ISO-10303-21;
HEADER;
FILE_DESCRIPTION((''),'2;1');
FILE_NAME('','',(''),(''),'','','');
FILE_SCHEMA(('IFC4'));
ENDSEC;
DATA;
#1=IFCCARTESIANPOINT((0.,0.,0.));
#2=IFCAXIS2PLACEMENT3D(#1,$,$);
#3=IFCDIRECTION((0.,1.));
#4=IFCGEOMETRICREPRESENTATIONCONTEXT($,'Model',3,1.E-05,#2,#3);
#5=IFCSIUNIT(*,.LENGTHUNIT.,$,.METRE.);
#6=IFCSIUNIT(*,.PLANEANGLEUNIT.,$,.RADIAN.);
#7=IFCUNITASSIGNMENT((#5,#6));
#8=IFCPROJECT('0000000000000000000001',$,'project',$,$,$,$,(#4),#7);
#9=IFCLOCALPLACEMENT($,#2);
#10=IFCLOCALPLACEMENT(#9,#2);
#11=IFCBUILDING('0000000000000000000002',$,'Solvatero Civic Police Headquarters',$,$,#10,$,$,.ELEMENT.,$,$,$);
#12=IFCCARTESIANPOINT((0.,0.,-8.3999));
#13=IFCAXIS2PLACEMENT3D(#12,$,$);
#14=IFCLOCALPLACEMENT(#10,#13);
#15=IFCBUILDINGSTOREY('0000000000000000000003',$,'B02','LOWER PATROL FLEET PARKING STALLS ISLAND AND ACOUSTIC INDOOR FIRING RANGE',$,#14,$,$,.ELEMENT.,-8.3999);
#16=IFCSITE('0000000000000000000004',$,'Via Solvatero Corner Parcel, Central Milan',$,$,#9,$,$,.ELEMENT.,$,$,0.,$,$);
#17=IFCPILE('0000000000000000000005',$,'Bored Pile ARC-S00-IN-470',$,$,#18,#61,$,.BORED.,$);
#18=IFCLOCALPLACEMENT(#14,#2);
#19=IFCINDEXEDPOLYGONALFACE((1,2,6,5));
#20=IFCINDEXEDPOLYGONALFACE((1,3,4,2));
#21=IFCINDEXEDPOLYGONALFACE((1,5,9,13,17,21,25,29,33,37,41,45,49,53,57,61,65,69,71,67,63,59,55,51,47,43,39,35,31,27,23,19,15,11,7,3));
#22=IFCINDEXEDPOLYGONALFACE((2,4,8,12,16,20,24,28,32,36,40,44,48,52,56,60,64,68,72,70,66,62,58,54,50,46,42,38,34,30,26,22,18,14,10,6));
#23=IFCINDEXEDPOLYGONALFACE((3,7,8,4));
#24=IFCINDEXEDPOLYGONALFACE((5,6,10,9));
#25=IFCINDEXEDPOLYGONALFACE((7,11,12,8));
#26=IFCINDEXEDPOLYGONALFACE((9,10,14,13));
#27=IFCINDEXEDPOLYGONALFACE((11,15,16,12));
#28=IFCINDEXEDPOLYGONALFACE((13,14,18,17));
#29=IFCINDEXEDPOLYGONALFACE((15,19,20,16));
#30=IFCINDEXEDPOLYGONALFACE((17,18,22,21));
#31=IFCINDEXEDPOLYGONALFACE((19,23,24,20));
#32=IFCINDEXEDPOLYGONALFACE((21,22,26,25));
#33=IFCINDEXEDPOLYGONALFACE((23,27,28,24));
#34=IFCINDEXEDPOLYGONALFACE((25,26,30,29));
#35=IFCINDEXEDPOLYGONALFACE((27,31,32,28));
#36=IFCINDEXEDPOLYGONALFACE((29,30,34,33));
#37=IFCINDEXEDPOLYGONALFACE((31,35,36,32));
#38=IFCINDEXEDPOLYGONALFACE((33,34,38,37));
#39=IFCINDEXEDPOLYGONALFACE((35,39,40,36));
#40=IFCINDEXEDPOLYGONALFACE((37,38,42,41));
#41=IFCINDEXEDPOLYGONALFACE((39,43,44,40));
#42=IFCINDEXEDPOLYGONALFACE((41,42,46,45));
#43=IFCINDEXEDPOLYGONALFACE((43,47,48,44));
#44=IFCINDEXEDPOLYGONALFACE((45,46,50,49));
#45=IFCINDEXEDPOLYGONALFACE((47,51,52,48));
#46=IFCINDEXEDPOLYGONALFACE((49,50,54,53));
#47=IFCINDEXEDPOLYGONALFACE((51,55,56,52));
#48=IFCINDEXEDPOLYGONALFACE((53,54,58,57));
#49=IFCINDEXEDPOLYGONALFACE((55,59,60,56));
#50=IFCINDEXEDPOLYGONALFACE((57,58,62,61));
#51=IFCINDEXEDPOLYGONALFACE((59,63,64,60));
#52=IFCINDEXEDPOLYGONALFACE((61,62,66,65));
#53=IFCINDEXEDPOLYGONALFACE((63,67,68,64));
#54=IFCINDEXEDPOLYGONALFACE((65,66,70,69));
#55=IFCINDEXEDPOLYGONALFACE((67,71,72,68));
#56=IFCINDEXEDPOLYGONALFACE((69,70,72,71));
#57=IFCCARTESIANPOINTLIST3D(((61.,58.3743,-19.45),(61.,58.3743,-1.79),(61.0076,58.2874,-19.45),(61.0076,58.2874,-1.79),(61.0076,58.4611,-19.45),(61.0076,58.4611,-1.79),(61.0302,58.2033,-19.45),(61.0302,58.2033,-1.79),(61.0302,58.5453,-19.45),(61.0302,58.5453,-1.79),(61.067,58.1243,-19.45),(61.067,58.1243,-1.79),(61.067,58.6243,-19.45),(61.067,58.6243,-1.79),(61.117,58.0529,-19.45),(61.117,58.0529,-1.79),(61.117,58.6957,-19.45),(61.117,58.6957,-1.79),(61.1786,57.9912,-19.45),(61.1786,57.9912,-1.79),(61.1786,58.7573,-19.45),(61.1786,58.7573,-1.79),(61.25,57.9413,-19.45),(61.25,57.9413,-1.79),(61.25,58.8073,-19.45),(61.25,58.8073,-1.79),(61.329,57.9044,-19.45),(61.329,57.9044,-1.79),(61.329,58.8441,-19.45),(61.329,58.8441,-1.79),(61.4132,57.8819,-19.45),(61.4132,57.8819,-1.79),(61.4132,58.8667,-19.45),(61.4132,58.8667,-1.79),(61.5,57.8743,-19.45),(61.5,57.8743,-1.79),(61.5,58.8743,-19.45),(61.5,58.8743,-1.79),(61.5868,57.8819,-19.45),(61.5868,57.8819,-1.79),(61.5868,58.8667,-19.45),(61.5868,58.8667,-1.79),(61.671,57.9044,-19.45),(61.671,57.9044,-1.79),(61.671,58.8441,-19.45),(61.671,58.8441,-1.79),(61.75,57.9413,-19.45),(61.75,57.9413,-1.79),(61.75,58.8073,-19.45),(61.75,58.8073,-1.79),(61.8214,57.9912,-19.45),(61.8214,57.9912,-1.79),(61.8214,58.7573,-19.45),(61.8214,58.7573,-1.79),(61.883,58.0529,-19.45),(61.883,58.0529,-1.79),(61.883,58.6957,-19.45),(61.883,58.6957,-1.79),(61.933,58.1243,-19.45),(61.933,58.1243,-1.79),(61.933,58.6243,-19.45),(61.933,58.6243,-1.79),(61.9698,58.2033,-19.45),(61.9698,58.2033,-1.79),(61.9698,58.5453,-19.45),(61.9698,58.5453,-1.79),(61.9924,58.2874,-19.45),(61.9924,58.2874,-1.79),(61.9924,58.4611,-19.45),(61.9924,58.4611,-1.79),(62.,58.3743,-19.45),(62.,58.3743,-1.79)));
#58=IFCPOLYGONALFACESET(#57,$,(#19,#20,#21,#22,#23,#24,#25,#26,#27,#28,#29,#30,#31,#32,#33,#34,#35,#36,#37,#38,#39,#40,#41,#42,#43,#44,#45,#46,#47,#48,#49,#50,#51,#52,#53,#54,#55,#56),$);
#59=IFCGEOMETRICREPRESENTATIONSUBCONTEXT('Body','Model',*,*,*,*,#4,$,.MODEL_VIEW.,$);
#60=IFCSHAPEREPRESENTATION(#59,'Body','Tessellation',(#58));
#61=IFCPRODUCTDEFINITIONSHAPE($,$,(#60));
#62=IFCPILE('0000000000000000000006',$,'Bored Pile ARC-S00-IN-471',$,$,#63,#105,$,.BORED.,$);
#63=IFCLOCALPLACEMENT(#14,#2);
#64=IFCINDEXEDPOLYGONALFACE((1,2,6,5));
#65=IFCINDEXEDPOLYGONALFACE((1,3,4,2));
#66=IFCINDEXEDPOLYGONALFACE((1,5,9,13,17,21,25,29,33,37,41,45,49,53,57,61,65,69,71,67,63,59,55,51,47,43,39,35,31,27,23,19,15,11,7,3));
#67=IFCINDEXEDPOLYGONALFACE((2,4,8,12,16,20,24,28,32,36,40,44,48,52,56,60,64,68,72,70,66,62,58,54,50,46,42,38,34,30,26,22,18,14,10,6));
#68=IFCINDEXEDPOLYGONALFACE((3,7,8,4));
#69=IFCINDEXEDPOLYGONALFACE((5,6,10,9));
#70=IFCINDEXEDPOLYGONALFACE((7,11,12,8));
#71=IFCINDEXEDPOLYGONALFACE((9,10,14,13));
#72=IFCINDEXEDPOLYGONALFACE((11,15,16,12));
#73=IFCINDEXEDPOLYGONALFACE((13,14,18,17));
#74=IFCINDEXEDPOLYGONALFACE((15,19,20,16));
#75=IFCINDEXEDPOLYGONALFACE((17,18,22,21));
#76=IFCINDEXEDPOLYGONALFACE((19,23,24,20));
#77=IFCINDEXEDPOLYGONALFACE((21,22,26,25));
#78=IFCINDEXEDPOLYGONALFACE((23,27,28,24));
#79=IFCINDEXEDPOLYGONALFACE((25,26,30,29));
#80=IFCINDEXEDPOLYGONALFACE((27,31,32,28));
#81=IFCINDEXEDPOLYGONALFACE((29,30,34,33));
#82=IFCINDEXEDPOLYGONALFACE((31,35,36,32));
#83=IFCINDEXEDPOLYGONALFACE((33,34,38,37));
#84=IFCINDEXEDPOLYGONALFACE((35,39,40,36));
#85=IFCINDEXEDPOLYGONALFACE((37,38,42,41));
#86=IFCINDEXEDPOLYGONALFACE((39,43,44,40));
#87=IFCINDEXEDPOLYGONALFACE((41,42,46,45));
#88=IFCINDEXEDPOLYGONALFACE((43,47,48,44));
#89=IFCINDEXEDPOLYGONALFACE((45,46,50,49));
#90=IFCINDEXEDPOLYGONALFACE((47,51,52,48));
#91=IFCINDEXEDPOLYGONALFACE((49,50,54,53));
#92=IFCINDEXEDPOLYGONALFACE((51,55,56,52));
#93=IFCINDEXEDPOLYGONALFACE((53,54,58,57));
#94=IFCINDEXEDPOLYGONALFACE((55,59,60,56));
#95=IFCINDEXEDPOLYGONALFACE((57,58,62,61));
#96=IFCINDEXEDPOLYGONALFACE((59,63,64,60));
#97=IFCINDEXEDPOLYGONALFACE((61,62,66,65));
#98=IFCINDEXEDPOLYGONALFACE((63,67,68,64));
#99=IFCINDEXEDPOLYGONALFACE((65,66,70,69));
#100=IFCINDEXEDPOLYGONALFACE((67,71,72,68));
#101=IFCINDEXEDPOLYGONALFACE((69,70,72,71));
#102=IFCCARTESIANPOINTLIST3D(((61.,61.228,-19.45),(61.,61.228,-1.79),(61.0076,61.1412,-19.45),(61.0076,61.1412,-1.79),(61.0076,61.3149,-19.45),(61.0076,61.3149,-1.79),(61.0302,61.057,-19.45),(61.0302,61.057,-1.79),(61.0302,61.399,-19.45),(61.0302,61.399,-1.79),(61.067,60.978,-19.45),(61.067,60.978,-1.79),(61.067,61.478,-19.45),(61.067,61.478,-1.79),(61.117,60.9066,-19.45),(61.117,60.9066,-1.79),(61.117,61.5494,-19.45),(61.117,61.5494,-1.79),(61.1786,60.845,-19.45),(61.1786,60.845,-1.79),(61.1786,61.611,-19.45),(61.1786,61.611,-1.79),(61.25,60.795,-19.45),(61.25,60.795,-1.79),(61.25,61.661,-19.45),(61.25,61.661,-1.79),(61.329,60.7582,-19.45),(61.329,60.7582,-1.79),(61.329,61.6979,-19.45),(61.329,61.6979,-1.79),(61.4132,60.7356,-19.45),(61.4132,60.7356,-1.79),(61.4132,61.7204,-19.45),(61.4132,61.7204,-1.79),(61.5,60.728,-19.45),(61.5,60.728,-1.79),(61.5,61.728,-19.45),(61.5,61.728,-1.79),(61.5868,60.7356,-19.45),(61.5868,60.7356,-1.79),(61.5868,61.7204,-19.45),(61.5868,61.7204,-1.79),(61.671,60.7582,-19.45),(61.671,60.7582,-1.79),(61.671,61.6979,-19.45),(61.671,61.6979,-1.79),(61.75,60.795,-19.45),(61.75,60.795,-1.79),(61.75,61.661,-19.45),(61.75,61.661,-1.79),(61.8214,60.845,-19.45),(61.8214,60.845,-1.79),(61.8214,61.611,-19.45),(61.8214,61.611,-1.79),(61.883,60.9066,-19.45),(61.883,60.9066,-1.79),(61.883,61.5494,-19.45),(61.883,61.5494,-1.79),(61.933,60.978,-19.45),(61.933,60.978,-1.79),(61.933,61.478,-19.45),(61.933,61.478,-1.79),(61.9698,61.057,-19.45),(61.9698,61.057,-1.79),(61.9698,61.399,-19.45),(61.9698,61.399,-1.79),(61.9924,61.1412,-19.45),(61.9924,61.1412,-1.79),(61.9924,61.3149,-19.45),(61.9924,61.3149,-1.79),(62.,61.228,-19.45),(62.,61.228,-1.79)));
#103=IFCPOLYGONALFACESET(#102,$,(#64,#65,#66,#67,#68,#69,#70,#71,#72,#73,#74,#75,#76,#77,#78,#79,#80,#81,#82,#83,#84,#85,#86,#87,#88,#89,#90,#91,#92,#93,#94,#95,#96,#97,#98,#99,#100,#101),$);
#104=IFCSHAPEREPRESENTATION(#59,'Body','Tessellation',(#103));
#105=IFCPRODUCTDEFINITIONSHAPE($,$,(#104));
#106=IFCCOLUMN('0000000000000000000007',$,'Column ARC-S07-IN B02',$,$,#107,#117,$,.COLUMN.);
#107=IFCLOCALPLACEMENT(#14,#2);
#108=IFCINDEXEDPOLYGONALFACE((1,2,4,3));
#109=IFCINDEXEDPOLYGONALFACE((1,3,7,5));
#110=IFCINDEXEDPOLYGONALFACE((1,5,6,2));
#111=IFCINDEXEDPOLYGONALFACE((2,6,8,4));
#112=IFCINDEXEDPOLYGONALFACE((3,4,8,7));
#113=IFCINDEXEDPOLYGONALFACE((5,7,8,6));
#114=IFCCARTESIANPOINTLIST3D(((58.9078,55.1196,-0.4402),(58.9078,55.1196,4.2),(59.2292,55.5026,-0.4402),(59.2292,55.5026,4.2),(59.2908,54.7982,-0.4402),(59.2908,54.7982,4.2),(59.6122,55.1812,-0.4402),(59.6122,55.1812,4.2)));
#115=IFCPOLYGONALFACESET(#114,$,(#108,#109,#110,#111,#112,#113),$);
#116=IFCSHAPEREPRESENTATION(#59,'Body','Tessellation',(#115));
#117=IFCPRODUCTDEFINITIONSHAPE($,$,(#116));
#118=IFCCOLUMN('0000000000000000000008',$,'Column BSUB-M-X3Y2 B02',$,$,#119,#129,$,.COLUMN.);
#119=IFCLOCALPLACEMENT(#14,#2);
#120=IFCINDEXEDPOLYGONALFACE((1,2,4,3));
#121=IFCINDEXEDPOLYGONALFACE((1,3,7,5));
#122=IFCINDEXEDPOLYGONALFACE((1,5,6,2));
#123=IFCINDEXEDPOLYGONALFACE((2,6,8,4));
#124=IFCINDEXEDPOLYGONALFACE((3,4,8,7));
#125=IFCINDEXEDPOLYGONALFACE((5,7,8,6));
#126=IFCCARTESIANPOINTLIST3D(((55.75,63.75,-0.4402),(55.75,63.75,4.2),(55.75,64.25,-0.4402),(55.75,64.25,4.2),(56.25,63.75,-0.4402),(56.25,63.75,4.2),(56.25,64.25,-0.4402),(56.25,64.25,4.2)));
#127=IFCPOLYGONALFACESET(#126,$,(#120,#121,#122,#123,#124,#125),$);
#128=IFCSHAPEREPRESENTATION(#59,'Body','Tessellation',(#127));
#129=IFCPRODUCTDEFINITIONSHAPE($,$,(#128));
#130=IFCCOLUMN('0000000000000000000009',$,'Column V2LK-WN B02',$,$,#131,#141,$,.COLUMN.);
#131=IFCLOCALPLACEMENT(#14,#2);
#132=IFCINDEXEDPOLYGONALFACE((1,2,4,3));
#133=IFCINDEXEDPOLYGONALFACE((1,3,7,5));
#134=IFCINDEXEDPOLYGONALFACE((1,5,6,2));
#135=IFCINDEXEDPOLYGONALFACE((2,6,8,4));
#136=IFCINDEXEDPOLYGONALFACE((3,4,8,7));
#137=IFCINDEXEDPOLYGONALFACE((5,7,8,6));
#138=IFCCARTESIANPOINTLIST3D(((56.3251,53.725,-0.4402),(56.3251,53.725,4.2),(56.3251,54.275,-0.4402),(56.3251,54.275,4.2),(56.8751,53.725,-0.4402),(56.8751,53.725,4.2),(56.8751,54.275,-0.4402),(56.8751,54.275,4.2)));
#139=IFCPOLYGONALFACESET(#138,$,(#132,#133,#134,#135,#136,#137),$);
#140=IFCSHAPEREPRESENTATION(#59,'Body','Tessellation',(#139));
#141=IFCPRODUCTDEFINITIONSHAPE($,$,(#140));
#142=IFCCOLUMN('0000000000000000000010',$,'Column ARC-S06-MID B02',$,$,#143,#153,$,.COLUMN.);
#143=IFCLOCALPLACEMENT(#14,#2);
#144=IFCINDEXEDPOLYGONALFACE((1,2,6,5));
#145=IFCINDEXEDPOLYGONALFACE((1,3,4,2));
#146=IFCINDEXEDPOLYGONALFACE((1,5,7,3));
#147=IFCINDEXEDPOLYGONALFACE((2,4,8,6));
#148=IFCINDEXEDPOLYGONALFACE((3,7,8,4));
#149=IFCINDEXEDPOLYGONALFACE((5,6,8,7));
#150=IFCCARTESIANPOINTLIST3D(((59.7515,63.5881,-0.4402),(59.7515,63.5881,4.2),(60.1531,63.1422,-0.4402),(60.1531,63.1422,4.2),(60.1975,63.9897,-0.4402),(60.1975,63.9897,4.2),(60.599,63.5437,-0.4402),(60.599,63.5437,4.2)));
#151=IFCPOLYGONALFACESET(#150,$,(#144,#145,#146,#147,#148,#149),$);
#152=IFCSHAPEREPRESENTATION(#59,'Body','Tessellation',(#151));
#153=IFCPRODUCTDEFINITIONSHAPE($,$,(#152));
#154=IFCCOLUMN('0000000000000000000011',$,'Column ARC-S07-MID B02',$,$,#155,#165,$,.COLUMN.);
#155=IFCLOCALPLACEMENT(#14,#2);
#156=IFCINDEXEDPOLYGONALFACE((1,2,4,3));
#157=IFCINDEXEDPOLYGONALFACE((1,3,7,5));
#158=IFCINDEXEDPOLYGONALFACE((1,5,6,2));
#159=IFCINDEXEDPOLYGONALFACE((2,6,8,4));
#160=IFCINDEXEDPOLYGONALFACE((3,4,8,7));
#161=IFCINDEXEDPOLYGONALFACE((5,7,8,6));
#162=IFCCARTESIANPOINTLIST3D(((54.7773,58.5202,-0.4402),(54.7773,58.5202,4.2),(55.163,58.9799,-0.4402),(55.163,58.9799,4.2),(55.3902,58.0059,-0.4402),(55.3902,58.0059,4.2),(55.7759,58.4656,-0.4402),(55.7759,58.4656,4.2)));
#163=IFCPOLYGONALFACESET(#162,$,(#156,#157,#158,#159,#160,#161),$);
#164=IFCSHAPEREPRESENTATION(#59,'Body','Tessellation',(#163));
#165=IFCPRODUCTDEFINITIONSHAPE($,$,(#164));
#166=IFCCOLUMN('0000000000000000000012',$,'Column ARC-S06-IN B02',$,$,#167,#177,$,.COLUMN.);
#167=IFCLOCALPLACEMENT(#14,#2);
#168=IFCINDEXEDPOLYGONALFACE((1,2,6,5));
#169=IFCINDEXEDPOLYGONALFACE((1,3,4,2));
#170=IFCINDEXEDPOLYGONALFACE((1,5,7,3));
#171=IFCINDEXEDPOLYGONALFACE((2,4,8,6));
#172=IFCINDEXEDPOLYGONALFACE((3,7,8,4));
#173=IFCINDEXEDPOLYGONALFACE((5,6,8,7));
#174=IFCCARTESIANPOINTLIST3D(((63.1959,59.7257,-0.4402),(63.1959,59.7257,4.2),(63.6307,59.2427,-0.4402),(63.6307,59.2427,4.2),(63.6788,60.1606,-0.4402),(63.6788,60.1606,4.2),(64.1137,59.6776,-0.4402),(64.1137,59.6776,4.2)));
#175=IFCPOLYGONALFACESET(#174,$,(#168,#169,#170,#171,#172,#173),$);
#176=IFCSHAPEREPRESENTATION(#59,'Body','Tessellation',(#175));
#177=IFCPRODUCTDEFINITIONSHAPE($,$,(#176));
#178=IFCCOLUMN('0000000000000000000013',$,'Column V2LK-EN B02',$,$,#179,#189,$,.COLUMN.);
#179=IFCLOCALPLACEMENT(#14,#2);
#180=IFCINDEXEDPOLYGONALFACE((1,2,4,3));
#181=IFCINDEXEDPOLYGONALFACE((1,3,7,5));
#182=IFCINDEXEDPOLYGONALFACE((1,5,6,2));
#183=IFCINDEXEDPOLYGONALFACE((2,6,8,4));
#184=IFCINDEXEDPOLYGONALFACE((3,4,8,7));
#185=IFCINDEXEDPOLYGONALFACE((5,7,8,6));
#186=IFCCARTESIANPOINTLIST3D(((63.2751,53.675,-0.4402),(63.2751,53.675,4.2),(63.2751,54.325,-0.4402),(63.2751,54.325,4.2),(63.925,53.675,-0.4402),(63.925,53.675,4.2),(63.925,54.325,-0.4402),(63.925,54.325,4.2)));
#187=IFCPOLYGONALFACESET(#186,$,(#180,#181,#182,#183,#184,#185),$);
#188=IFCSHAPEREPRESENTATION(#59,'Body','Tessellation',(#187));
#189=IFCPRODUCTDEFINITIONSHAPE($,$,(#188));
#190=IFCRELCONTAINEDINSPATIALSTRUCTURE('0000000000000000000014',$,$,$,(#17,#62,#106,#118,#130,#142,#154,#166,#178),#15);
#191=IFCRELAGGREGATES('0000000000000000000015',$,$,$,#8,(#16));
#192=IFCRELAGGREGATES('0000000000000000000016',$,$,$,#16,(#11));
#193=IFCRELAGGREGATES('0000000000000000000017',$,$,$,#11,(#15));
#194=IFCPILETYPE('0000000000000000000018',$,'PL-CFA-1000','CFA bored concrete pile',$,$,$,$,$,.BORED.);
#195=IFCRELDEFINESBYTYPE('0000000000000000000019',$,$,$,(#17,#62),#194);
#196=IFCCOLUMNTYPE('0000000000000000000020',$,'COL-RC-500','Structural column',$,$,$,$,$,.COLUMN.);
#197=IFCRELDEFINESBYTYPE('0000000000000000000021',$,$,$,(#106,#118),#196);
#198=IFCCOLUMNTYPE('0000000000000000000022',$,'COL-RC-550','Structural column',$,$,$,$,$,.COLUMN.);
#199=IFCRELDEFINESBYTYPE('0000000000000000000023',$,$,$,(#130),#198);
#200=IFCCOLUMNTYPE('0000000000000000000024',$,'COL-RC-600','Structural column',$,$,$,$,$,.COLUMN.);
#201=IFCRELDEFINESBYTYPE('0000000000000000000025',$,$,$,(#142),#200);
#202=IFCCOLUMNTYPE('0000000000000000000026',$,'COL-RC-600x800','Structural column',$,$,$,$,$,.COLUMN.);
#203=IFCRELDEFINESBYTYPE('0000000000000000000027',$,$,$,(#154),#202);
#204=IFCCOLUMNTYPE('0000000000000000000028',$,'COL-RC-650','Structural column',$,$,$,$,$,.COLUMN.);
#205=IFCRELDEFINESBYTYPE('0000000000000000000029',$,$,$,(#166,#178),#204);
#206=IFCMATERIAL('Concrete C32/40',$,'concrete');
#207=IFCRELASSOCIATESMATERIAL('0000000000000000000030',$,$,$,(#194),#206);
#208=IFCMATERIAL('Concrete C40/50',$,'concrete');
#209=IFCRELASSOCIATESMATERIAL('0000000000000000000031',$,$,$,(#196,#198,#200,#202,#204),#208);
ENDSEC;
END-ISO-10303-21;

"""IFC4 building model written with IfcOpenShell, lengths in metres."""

from ifc_helpers import new_model, si_unit, direction, frame, origin, origin_2d, place, context, subcontext, project, spatial, rectangle, circle, extrude, material, material_profile, profile_set, type_object, element, save


model = new_model("IFC4")

# Units and contexts
model_context = context("Model", 3, precision=1e-05, world=origin(), true_north=direction((0.0, 1.0)))
body_context = subcontext(model_context, "Body", "Model", "MODEL_VIEW")
ifc_project = project(units=[si_unit("LENGTHUNIT", "METRE"), si_unit("PLANEANGLEUNIT", "RADIAN")], contexts=[model_context])

# Site, building, storey
site_placement = place(None, origin())
site = spatial("IfcSite", under=ifc_project, at=site_placement, Name="Via Solvatero Corner Parcel, Central Milan", CompositionType="ELEMENT", RefElevation=0.0)
building_placement = place(site_placement, origin())
building = spatial("IfcBuilding", under=site, at=building_placement, Name="Solvatero Civic Police Headquarters", CompositionType="ELEMENT")
storey_placement = place(building_placement, frame((0.0, 0.0, -8.3999)))
storey = spatial("IfcBuildingStorey", under=building, at=storey_placement, Name="B02", Description="LOWER PATROL FLEET PARKING STALLS ISLAND AND ACOUSTIC INDOOR FIRING RANGE", CompositionType="ELEMENT", Elevation=-8.3999)

# Piles
ifc_material_1 = material(Name="Concrete C32/40", Category="concrete")
ifc_material_profile_1 = material_profile(ifc_material_1, circle(Radius=0.5, at=origin_2d()), Name="CFA PILE D1000")
ifc_profile_set_1 = profile_set([ifc_material_profile_1], Name="Concrete C32/40")
pile_type = type_object("IfcPileType", Name="PL-CFA-1000", Description="CFA bored concrete pile", PredefinedType="BORED", material=ifc_profile_set_1)
for number, where, z_axis, x_axis, name in (
    (1, (61.5, 58.3743, -1.79), (0.0, 0.0, -1.0), (1.0, 0.0, 0.0), "Bored Pile ARC-S00-IN-470"),
    (2, (61.5, 61.228, -1.79), (0.0, 0.0, -1.0), (1.0, 0.0, 0.0), "Bored Pile ARC-S00-IN-471"),
):
    element("IfcPile", number, at=place(storey_placement, frame(where, z_axis=z_axis, x_axis=x_axis)), inside=storey, type_object=pile_type, Name=name, PredefinedType="BORED", context=body_context, shape_type="SweptSolid", body=[
        extrude(circle(Radius=0.5, at=origin_2d()), origin(), (0.0, 0.0, 1.0), 17.6599),
    ])

# Columns
ifc_material_2 = material(Name="Concrete C40/50", Category="concrete")
ifc_material_profile_2 = material_profile(ifc_material_2, rectangle(XDim=0.5, YDim=0.5, at=origin_2d()), Name="RC 500x500")
ifc_profile_set_2 = profile_set([ifc_material_profile_2], Name="Concrete C40/50")
column_type_1 = type_object("IfcColumnType", Name="COL-RC-500", Description="Structural column", PredefinedType="COLUMN", material=ifc_profile_set_2)
for number, where, z_axis, x_axis, name in (
    (3, (59.26, 55.1504, -0.4402), (0.0, 0.0, 1.0), (0.642788, 0.766044, 0.0), "Column ARC-S07-IN B02"),
    (4, (56.0, 64.0, -0.4402), (0.0, 0.0, 1.0), (1.0, 0.0, 0.0), "Column BSUB-M-X3Y2 B02"),
):
    element("IfcColumn", number, at=place(storey_placement, frame(where, z_axis=z_axis, x_axis=x_axis)), inside=storey, type_object=column_type_1, Name=name, PredefinedType="COLUMN", context=body_context, shape_type="SweptSolid", body=[
        extrude(rectangle(XDim=0.5, YDim=0.5, at=origin_2d()), origin(), (0.0, 0.0, 1.0), 4.6401),
    ])
ifc_material_profile_3 = material_profile(ifc_material_2, rectangle(XDim=0.55, YDim=0.55, at=origin_2d()), Name="RC 550x550")
ifc_profile_set_3 = profile_set([ifc_material_profile_3], Name="Concrete C40/50")
column_type_2 = type_object("IfcColumnType", Name="COL-RC-550", Description="Structural column", PredefinedType="COLUMN", material=ifc_profile_set_3)
column_1_placement = place(storey_placement, frame((56.6001, 54.0, -0.4402), z_axis=(0.0, 0.0, 1.0), x_axis=(1.0, 0.0, 0.0)))
element("IfcColumn", 5, at=column_1_placement, inside=storey, type_object=column_type_2, Name="Column V2LK-WN B02", PredefinedType="COLUMN", context=body_context, shape_type="SweptSolid", body=[
    extrude(rectangle(XDim=0.55, YDim=0.55, at=origin_2d()), origin(), (0.0, 0.0, 1.0), 4.6401),
])
ifc_material_profile_4 = material_profile(ifc_material_2, rectangle(XDim=0.6001, YDim=0.6001, at=origin_2d()), Name="RC 600x600")
ifc_profile_set_4 = profile_set([ifc_material_profile_4], Name="Concrete C40/50")
column_type_3 = type_object("IfcColumnType", Name="COL-RC-600", Description="Structural column", PredefinedType="COLUMN", material=ifc_profile_set_4)
column_2_placement = place(storey_placement, frame((60.1753, 63.5659, -0.4402), z_axis=(0.0, 0.0, 1.0), x_axis=(0.743145, 0.669131, 0.0)))
element("IfcColumn", 6, at=column_2_placement, inside=storey, type_object=column_type_3, Name="Column ARC-S06-MID B02", PredefinedType="COLUMN", context=body_context, shape_type="SweptSolid", body=[
    extrude(rectangle(XDim=0.6001, YDim=0.6001, at=origin_2d()), origin(), (0.0, 0.0, 1.0), 4.6401),
])
ifc_material_profile_5 = material_profile(ifc_material_2, rectangle(XDim=0.6001, YDim=0.8, at=origin_2d()), Name="RC 600x800")
ifc_profile_set_5 = profile_set([ifc_material_profile_5], Name="Concrete C40/50")
column_type_4 = type_object("IfcColumnType", Name="COL-RC-600x800", Description="Structural column", PredefinedType="COLUMN", material=ifc_profile_set_5)
column_3_placement = place(storey_placement, frame((55.2766, 58.4929, -0.4402), z_axis=(0.0, 0.0, 1.0), x_axis=(0.642788, 0.766044, 0.0)))
element("IfcColumn", 7, at=column_3_placement, inside=storey, type_object=column_type_4, Name="Column ARC-S07-MID B02", PredefinedType="COLUMN", context=body_context, shape_type="SweptSolid", body=[
    extrude(rectangle(XDim=0.6001, YDim=0.8, at=origin_2d()), origin(), (0.0, 0.0, 1.0), 4.6401),
])
ifc_material_profile_6 = material_profile(ifc_material_2, rectangle(XDim=0.6499, YDim=0.6499, at=origin_2d()), Name="RC 650x650")
ifc_profile_set_6 = profile_set([ifc_material_profile_6], Name="Concrete C40/50")
column_type_5 = type_object("IfcColumnType", Name="COL-RC-650", Description="Structural column", PredefinedType="COLUMN", material=ifc_profile_set_6)
for number, where, z_axis, x_axis, name in (
    (8, (63.6548, 59.7017, -0.4402), (0.0, 0.0, 1.0), (0.743145, 0.669131, 0.0), "Column ARC-S06-IN B02"),
    (9, (63.6001, 54.0, -0.4402), (0.0, 0.0, 1.0), (1.0, 0.0, 0.0), "Column V2LK-EN B02"),
):
    element("IfcColumn", number, at=place(storey_placement, frame(where, z_axis=z_axis, x_axis=x_axis)), inside=storey, type_object=column_type_5, Name=name, PredefinedType="COLUMN", context=body_context, shape_type="SweptSolid", body=[
        extrude(rectangle(XDim=0.6499, YDim=0.6499, at=origin_2d()), origin(), (0.0, 0.0, 1.0), 4.6401),
    ])

save(model, "model.ifc")
